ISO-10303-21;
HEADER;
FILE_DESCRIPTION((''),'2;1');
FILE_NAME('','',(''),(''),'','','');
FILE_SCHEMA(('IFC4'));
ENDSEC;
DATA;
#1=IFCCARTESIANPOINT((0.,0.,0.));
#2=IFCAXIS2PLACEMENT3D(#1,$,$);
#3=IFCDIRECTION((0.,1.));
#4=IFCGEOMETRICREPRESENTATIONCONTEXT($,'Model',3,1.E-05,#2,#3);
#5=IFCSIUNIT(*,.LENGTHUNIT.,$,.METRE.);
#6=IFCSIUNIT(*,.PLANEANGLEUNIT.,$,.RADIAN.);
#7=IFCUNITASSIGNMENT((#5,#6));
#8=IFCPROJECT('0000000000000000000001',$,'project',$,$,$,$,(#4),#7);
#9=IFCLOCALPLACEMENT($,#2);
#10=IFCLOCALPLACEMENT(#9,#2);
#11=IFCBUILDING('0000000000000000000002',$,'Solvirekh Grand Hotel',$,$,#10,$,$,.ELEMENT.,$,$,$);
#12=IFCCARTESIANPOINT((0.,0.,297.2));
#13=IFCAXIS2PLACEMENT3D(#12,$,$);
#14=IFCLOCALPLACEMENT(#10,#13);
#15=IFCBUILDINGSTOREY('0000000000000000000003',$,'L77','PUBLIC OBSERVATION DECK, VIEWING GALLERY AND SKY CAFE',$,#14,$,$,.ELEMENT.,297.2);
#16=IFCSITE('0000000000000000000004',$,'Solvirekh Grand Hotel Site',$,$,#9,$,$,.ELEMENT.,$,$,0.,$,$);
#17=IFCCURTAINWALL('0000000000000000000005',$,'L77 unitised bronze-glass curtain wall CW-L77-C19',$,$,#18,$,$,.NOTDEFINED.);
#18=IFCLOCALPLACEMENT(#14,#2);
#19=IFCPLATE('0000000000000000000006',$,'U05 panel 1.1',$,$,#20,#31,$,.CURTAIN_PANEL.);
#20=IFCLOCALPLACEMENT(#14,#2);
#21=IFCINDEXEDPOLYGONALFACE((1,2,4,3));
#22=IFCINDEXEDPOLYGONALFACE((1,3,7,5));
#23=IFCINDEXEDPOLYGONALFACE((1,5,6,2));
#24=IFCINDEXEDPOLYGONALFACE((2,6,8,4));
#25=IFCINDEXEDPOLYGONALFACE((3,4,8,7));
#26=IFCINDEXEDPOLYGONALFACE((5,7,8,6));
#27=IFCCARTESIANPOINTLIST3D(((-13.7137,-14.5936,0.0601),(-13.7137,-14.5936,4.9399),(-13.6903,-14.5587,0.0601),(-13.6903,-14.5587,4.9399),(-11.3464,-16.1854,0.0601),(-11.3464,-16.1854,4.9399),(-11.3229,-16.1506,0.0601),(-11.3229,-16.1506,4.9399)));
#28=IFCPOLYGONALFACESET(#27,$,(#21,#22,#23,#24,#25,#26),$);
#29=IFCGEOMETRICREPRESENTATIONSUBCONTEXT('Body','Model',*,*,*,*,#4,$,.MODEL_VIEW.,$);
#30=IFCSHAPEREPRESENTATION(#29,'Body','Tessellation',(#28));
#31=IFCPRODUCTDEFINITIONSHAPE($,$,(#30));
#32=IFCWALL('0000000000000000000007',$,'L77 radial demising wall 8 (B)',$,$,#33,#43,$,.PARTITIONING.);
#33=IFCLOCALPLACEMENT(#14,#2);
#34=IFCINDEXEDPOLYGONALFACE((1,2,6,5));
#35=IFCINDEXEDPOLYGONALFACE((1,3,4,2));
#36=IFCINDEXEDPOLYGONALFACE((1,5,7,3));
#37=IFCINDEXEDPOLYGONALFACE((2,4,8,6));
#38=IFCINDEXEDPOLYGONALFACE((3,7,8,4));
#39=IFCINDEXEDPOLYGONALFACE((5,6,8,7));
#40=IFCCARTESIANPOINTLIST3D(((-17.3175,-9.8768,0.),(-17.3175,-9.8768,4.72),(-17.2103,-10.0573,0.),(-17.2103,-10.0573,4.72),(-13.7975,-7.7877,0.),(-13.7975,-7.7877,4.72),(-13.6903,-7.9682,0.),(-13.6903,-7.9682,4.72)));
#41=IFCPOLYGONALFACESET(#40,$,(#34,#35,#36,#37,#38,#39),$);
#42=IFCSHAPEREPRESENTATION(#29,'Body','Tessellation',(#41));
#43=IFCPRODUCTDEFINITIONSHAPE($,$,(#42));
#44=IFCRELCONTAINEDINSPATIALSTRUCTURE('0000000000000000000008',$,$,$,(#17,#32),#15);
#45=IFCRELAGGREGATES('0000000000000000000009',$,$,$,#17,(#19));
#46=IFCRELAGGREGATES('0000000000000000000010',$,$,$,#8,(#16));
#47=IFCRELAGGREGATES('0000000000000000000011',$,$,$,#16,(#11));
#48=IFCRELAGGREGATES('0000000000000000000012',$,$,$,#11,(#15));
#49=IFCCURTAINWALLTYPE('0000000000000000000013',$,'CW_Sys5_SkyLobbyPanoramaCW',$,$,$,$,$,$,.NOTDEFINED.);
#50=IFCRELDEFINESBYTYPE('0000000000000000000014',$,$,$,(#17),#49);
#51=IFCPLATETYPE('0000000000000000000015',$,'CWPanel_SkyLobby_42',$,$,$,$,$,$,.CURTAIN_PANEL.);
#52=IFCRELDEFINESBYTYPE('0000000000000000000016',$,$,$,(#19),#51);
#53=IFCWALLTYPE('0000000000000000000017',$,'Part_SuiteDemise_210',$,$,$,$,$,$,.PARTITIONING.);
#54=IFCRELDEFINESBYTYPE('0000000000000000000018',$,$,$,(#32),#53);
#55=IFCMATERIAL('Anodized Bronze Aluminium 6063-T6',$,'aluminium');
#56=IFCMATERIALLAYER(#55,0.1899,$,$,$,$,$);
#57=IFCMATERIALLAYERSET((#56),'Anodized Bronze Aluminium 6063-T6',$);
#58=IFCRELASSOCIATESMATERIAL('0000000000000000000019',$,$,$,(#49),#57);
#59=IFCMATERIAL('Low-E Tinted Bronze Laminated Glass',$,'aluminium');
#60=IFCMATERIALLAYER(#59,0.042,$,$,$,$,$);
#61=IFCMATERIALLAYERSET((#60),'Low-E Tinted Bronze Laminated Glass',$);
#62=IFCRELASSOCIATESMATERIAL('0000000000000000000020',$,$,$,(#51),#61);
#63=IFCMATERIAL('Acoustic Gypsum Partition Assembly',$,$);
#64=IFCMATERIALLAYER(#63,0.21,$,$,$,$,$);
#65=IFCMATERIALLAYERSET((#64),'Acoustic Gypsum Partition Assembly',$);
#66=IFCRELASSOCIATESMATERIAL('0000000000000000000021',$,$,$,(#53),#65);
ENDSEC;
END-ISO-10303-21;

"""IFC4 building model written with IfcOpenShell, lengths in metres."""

from ifc_helpers import new_model, si_unit, direction, frame, frame_2d, origin, origin_2d, place, context, subcontext, project, spatial, rectangle, extrude, source, transform, mapped, material, layer, layer_set, type_object, element, aggregate, save


model = new_model("IFC4")

# Units and contexts
model_context = context("Model", 3, precision=1e-05, world=origin(), true_north=direction((0.0, 1.0)))
body_context = subcontext(model_context, "Body", "Model", "MODEL_VIEW")
ifc_project = project(units=[si_unit("LENGTHUNIT", "METRE"), si_unit("PLANEANGLEUNIT", "RADIAN")], contexts=[model_context])

# Site, building, storey
site_placement = place(None, origin())
site = spatial("IfcSite", under=ifc_project, at=site_placement, Name="Solvirekh Grand Hotel Site", CompositionType="ELEMENT", RefElevation=0.0)
building_placement = place(site_placement, origin())
building = spatial("IfcBuilding", under=site, at=building_placement, Name="Solvirekh Grand Hotel", CompositionType="ELEMENT")
storey_placement = place(building_placement, frame((0.0, 0.0, 297.2)))
storey = spatial("IfcBuildingStorey", under=building, at=storey_placement, Name="L77", Description="PUBLIC OBSERVATION DECK, VIEWING GALLERY AND SKY CAFE", CompositionType="ELEMENT", Elevation=297.2)

# Shared definitions
ifc_material_1 = material(Name="Anodized Bronze Aluminium 6063-T6", Category="aluminium")
ifc_layer_1 = layer(ifc_material_1, 0.1899)
ifc_layer_set_1 = layer_set([ifc_layer_1], Name="Anodized Bronze Aluminium 6063-T6")
curtain_wall_type = type_object("IfcCurtainWallType", Name="CW_Sys5_SkyLobbyPanoramaCW", PredefinedType="NOTDEFINED", material=ifc_layer_set_1)

# Curtain wall
curtain_wall_1_placement = place(storey_placement, origin())
curtain_wall_1 = element("IfcCurtainWall", 1, at=curtain_wall_1_placement, inside=storey, type_object=curtain_wall_type, Name="L77 unitised bronze-glass curtain wall CW-L77-C19", PredefinedType="NOTDEFINED")

# Plate
ifc_material_2 = material(Name="Low-E Tinted Bronze Laminated Glass", Category="aluminium")
ifc_layer_2 = layer(ifc_material_2, 0.042)
ifc_layer_set_2 = layer_set([ifc_layer_2], Name="Low-E Tinted Bronze Laminated Glass")
plate_type = type_object("IfcPlateType", Name="CWPanel_SkyLobby_42", PredefinedType="CURTAIN_PANEL", material=ifc_layer_set_2)
shared_shape_1 = source(origin(), body_context, "Body", "SweptSolid", [
    extrude(rectangle(XDim=2.8528, YDim=0.042, at=origin_2d()), origin(), (0.0, 0.0, 1.0), 4.8799),
])
plate_1_placement = place(storey_placement, frame((-12.5183, -15.3721, 0.0601), z_axis=(0.0, 0.0, 1.0), x_axis=(0.829833, -0.558012, 0.0)))
plate_1 = element("IfcPlate", 2, at=plate_1_placement, type_object=plate_type, Name="U05 panel 1.1", PredefinedType="CURTAIN_PANEL", context=body_context, shape_type="MappedRepresentation", body=[
    mapped(shared_shape_1, transform((0.0, 0.0, 0.0), x_axis=(1.0, 0.0, 0.0), y_axis=(0.0, 1.0, 0.0), z_axis=(0.0, 0.0, 1.0), scale=1.0)),
])
aggregate(curtain_wall_1, [plate_1])

# Wall
ifc_material_3 = material(Name="Acoustic Gypsum Partition Assembly")
ifc_layer_3 = layer(ifc_material_3, 0.21)
ifc_layer_set_3 = layer_set([ifc_layer_3], Name="Acoustic Gypsum Partition Assembly")
wall_type = type_object("IfcWallType", Name="Part_SuiteDemise_210", PredefinedType="PARTITIONING", material=ifc_layer_set_3)
wall_placement = place(storey_placement, frame((-13.7439, -7.8779, 0.0), z_axis=(0.0, 0.0, 1.0), x_axis=(-0.859951, -0.510376, 0.0)))
element("IfcWall", 3, at=wall_placement, inside=storey, type_object=wall_type, Name="L77 radial demising wall 8 (B)", PredefinedType="PARTITIONING", context=body_context, shape_type="SweptSolid", body=[
    extrude(rectangle(XDim=4.0933, YDim=0.21, at=frame_2d((2.0466, 0.0))), origin(), (0.0, 0.0, 1.0), 4.72),
])

save(model, "model.ifc")
